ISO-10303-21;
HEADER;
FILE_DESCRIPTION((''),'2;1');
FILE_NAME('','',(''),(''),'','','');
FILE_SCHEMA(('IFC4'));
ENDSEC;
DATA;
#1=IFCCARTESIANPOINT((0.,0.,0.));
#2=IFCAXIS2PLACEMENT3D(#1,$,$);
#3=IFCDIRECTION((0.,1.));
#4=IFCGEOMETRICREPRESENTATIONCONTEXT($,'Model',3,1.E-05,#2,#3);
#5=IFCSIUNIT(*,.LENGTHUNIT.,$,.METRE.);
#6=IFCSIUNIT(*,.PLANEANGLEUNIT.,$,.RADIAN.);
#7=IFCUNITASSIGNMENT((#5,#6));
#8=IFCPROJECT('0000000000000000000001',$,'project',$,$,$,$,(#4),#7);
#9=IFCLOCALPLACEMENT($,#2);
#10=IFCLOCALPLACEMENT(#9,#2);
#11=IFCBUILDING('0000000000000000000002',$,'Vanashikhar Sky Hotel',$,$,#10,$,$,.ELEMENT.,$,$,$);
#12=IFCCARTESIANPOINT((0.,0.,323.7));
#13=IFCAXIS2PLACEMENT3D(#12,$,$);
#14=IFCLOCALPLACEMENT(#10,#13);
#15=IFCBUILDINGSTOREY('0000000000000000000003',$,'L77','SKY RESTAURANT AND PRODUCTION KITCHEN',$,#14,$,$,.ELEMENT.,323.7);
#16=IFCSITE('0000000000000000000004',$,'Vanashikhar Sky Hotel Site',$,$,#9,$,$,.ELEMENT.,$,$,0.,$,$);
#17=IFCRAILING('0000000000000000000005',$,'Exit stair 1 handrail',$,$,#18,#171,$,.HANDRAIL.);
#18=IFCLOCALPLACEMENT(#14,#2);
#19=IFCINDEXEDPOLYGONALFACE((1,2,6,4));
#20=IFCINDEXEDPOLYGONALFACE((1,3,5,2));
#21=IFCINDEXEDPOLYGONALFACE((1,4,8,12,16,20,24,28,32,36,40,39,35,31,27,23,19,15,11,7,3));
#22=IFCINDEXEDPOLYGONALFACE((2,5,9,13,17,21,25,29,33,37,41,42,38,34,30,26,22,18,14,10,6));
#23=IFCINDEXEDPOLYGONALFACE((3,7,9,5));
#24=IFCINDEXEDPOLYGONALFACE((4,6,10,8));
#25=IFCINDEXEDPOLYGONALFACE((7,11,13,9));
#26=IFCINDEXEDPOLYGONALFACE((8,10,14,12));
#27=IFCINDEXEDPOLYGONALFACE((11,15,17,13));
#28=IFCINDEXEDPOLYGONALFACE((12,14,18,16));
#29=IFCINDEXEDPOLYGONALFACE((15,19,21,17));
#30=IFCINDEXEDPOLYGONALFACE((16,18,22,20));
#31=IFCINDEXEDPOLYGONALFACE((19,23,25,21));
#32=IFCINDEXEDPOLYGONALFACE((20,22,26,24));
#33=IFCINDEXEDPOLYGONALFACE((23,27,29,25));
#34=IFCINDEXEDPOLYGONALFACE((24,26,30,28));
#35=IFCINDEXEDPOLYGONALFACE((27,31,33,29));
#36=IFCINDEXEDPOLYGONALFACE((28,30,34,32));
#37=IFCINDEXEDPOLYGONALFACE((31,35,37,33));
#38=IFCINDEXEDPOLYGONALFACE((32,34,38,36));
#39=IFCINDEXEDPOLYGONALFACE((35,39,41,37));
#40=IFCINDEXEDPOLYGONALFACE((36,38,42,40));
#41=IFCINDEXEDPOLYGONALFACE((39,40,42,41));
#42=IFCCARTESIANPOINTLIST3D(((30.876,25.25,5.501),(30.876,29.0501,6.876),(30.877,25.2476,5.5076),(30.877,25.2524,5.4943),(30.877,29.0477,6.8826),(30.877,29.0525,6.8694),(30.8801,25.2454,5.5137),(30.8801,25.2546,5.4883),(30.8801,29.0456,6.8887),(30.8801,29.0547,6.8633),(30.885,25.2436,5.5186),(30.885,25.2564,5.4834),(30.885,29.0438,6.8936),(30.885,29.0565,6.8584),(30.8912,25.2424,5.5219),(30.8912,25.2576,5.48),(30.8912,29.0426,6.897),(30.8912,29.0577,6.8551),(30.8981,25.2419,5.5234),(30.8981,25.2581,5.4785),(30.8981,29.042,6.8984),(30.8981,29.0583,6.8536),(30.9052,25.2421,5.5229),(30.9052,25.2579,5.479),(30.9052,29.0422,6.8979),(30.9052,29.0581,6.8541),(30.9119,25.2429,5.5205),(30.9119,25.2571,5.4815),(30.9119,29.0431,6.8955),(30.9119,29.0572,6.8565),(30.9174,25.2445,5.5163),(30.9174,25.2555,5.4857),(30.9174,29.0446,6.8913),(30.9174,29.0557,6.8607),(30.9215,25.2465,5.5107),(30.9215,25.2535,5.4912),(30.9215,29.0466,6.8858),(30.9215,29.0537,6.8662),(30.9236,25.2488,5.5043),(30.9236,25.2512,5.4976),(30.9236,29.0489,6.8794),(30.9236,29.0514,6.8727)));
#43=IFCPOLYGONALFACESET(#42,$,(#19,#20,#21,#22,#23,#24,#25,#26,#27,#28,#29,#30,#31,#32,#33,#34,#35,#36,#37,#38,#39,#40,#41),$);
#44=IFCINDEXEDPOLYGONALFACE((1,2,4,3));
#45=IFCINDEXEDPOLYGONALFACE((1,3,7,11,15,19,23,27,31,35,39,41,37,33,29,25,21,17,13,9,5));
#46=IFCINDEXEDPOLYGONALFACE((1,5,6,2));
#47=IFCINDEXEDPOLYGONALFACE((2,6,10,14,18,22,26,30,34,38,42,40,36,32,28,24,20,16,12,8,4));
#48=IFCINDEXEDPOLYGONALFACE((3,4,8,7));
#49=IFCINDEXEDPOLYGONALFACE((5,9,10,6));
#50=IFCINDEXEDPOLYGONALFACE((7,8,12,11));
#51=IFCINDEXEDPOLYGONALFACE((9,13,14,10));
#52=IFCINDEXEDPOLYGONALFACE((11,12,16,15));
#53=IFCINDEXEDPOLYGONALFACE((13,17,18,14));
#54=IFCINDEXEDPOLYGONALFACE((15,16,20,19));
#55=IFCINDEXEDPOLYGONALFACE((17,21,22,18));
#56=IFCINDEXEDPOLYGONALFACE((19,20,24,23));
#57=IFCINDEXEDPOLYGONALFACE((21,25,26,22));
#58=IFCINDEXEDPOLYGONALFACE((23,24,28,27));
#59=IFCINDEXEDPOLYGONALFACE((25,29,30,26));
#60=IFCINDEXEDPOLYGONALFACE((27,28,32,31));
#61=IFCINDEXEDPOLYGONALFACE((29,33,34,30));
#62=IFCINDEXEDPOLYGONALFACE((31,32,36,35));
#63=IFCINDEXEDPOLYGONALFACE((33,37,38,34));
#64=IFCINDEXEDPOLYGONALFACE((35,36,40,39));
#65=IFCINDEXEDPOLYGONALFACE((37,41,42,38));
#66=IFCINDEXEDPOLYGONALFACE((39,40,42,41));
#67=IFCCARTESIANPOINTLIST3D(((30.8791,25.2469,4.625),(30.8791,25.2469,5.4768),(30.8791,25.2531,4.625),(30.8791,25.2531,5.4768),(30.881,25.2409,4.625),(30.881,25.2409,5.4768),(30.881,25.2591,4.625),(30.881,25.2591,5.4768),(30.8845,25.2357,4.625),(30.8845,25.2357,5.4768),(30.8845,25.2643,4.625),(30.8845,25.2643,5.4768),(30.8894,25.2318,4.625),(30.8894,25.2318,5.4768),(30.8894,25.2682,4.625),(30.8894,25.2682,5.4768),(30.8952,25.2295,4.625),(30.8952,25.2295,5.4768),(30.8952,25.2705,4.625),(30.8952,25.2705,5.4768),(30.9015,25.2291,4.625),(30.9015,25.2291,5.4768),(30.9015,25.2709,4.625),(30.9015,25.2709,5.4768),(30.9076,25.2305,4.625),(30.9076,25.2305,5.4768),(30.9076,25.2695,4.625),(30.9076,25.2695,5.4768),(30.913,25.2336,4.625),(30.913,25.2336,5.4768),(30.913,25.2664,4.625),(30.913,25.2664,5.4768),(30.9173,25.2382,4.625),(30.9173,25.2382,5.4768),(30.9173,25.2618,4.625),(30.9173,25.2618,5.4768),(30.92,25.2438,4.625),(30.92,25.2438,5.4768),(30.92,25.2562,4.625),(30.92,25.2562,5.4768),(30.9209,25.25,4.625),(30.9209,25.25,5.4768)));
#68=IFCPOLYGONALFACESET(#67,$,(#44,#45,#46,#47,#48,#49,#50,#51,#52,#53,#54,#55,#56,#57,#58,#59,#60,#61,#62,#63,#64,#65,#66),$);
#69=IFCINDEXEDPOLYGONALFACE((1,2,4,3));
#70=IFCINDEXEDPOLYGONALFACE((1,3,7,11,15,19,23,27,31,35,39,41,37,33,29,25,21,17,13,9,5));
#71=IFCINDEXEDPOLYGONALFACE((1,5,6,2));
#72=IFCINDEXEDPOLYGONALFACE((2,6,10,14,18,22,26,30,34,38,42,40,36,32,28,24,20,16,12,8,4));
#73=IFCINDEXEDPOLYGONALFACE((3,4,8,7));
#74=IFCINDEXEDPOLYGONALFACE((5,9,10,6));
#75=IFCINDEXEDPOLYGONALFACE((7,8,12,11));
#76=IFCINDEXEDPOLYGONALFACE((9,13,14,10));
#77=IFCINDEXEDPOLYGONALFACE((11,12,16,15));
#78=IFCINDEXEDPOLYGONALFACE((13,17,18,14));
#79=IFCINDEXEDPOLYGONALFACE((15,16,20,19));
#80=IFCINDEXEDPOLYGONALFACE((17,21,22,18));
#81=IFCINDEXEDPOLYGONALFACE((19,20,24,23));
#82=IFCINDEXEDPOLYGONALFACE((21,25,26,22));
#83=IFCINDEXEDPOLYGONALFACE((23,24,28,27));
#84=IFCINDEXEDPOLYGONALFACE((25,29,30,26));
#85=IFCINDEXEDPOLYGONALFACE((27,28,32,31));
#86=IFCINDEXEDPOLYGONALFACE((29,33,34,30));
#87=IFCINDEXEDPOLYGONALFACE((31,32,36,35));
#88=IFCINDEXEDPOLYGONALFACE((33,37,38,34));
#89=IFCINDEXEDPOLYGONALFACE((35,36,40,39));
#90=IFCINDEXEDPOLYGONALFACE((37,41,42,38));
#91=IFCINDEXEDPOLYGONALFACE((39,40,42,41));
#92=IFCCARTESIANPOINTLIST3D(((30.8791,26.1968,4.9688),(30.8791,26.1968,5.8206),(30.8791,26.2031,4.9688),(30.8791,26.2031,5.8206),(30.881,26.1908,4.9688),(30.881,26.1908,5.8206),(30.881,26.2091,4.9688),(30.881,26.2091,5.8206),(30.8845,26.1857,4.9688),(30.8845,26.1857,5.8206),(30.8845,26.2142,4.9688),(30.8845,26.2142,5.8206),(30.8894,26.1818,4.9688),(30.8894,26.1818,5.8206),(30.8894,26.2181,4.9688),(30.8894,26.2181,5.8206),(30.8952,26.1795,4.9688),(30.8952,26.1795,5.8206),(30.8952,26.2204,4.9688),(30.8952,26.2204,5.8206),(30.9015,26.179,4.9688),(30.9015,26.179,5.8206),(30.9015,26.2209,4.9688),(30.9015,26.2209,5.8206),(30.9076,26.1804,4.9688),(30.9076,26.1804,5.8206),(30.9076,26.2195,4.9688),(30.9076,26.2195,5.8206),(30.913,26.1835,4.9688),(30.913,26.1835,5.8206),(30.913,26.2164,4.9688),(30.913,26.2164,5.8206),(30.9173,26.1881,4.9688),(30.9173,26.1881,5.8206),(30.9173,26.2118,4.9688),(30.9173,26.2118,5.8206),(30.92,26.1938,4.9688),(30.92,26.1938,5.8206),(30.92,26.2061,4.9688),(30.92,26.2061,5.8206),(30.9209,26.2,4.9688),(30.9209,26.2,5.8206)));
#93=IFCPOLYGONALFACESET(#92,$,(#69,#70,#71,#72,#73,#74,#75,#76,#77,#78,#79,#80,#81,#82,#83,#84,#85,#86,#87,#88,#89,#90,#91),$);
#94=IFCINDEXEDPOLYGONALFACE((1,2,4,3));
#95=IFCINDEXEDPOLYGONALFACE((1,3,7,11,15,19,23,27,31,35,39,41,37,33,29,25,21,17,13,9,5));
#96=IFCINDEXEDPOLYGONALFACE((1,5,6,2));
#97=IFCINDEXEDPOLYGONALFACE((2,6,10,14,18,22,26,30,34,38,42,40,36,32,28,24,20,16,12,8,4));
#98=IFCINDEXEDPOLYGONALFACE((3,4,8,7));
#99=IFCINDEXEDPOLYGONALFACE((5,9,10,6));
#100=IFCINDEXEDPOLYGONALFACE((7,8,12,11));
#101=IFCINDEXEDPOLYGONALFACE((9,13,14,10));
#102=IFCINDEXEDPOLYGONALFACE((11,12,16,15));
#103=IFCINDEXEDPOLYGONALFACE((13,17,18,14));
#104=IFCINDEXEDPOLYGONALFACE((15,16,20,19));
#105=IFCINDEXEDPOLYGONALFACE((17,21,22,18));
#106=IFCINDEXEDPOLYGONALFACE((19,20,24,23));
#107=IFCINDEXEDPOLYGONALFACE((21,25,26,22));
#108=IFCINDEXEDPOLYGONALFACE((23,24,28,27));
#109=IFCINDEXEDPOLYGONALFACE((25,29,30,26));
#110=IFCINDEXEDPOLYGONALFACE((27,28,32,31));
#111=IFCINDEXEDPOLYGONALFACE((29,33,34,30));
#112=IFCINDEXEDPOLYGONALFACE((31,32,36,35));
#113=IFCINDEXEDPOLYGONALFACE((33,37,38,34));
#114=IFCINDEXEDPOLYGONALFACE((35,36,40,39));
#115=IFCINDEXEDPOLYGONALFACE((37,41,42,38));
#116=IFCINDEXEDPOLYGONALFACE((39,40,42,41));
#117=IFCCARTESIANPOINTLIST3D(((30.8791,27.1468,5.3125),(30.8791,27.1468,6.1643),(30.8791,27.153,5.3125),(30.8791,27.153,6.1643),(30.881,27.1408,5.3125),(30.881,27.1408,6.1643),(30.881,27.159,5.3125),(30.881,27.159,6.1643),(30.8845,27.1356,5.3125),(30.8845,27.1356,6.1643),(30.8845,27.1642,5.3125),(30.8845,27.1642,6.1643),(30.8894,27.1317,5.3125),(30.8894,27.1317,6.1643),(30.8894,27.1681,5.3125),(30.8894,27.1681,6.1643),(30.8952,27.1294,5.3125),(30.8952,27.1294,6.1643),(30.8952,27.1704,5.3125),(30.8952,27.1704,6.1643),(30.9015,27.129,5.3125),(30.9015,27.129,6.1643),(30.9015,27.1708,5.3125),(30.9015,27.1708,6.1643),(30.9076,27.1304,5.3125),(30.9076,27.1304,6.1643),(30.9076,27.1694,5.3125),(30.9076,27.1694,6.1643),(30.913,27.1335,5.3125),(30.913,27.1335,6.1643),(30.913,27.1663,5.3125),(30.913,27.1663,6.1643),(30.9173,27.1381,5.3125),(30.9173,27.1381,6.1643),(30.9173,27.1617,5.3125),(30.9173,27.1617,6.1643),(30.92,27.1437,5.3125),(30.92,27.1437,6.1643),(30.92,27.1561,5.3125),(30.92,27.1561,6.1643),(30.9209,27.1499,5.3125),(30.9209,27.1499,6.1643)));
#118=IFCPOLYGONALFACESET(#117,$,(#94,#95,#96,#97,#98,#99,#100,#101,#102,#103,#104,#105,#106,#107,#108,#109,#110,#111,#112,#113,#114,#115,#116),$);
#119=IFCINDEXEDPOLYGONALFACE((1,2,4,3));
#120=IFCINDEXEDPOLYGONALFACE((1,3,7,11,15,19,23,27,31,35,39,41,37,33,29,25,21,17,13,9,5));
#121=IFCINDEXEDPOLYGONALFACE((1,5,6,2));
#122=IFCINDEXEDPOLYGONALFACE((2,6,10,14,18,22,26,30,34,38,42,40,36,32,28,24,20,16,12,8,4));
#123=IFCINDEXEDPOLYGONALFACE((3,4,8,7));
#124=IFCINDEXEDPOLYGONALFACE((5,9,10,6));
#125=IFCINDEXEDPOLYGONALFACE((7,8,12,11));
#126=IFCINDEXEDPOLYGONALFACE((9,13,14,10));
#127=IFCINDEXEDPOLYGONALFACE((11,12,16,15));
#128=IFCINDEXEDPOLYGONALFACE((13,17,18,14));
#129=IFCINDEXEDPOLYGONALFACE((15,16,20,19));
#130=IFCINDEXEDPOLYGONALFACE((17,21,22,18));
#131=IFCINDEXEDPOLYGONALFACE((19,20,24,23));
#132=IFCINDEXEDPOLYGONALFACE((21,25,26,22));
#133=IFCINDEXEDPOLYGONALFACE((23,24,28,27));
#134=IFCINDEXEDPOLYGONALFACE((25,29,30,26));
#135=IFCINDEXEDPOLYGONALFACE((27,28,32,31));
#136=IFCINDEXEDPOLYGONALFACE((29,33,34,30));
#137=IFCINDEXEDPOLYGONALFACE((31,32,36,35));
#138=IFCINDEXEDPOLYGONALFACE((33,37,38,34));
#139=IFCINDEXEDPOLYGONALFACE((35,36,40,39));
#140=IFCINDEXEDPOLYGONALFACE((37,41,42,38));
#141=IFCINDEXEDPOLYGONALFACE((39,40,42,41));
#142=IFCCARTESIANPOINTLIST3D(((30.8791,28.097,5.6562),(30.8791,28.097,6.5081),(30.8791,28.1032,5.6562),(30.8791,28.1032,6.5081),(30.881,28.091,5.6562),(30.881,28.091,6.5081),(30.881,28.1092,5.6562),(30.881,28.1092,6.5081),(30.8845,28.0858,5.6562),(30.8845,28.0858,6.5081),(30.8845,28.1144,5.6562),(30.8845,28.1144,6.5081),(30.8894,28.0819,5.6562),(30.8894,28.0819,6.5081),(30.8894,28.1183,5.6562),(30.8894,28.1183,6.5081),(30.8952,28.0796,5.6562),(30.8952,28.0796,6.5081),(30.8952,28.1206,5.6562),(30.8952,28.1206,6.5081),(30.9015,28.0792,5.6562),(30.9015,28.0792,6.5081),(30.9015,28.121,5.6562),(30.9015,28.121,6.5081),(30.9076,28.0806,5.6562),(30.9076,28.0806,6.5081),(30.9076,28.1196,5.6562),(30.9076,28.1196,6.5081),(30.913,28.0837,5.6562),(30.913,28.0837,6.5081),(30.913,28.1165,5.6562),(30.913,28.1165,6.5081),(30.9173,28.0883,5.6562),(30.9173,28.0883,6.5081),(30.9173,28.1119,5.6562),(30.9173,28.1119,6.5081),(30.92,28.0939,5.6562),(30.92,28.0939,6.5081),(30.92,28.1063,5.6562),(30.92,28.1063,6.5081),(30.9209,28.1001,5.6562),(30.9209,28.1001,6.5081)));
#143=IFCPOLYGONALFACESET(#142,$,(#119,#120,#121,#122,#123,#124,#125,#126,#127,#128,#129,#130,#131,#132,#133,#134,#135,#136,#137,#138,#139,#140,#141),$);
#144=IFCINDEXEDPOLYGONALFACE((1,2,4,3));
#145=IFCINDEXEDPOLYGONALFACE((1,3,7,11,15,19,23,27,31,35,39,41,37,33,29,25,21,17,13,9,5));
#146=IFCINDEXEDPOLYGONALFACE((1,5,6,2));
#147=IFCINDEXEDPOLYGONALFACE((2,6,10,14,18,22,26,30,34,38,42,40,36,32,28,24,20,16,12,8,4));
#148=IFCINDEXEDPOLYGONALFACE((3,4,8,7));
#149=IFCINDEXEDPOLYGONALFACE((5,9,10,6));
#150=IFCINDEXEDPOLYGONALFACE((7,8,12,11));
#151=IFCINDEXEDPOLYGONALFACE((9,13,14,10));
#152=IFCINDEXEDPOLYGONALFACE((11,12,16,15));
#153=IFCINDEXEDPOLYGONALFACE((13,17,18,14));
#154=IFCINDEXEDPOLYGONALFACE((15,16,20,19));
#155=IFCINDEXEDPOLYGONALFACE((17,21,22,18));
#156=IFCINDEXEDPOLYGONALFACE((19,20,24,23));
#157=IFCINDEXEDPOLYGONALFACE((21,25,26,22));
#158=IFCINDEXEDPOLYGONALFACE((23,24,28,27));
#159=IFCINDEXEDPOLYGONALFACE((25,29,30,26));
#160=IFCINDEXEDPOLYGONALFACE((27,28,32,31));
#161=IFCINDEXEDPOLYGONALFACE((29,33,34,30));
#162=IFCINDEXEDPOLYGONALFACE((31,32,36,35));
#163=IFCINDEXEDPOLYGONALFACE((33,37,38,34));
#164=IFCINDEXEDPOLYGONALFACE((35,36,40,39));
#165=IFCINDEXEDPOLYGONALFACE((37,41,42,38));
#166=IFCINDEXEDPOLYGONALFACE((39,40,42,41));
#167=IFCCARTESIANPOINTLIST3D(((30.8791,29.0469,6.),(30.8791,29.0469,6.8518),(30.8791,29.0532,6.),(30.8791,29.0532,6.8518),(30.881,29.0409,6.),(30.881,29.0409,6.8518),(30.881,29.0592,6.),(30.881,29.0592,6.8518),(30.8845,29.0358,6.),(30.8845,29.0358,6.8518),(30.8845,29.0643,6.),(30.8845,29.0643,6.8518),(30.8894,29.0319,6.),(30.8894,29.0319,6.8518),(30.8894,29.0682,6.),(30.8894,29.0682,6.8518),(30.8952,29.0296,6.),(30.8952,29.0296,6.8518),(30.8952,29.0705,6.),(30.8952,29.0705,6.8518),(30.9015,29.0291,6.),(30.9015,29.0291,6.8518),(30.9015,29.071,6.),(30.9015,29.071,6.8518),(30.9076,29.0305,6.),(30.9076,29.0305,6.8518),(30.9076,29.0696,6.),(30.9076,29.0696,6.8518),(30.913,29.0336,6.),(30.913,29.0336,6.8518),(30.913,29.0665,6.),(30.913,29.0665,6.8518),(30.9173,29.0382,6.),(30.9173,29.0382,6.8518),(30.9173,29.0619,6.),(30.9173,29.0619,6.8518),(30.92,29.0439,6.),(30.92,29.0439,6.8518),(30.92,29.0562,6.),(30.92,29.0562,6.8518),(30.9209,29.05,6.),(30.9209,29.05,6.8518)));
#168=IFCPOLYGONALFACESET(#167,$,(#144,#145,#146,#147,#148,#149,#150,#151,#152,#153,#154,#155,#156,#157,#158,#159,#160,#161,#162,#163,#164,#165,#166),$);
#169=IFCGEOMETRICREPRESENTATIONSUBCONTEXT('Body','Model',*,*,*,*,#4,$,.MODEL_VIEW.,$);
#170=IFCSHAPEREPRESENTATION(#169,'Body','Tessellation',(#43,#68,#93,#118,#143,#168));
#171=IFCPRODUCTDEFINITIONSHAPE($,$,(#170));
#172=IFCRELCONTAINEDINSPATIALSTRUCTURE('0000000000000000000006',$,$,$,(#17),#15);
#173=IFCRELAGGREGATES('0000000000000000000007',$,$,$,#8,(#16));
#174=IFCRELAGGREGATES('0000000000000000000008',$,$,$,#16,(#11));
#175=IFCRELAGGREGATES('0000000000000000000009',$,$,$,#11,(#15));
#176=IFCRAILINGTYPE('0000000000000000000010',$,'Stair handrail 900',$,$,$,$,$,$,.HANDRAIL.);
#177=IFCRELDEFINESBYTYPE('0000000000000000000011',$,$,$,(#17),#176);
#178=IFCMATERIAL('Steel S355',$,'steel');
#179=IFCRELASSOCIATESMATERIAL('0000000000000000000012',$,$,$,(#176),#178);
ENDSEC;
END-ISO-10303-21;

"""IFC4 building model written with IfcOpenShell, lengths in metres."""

from ifc_helpers import new_model, si_unit, direction, frame, origin, origin_2d, place, context, subcontext, project, spatial, circle, extrude, source, transform, mapped, material, type_object, element, save


model = new_model("IFC4")

# Units and contexts
model_context = context("Model", 3, precision=1e-05, world=origin(), true_north=direction((0.0, 1.0)))
body_context = subcontext(model_context, "Body", "Model", "MODEL_VIEW")
ifc_project = project(units=[si_unit("LENGTHUNIT", "METRE"), si_unit("PLANEANGLEUNIT", "RADIAN")], contexts=[model_context])

# Site, building, storey
site_placement = place(None, origin())
site = spatial("IfcSite", under=ifc_project, at=site_placement, Name="Vanashikhar Sky Hotel Site", CompositionType="ELEMENT", RefElevation=0.0)
building_placement = place(site_placement, origin())
building = spatial("IfcBuilding", under=site, at=building_placement, Name="Vanashikhar Sky Hotel", CompositionType="ELEMENT")
storey_placement = place(building_placement, frame((0.0, 0.0, 323.7)))
storey = spatial("IfcBuildingStorey", under=building, at=storey_placement, Name="L77", Description="SKY RESTAURANT AND PRODUCTION KITCHEN", CompositionType="ELEMENT", Elevation=323.7)

# Railing
ifc_material_1 = material(Name="Steel S355", Category="steel")
railing_type_1 = type_object("IfcRailingType", Name="Stair handrail 900", PredefinedType="HANDRAIL", material=ifc_material_1)
shared_shape_1 = source(origin(), body_context, "Body", "SweptSolid", [
    extrude(circle(Radius=0.0239, at=origin_2d()), frame((0.0, 0.0, 0.876), z_axis=(0.0, 0.940336, 0.340249), x_axis=(-1.0, 0.0, 0.0)), (0.0, 0.0, 1.0), 4.0413),
    extrude(circle(Radius=0.021, at=origin_2d()), origin(), (0.0, 0.0, 1.0), 0.8518),
    extrude(circle(Radius=0.021, at=origin_2d()), frame((0.0, 0.95, 0.3438)), (0.0, 0.0, 1.0), 0.8518),
    extrude(circle(Radius=0.021, at=origin_2d()), frame((0.0, 1.8999, 0.6875)), (0.0, 0.0, 1.0), 0.8518),
    extrude(circle(Radius=0.021, at=origin_2d()), frame((0.0, 2.8501, 1.0312)), (0.0, 0.0, 1.0), 0.8518),
    extrude(circle(Radius=0.021, at=origin_2d()), frame((0.0, 3.8, 1.375)), (0.0, 0.0, 1.0), 0.8518),
])
for number, where, name in (
    (1, (30.8999, 25.25, 4.625), "Exit stair 1 handrail"),
):
    element("IfcRailing", number, at=place(storey_placement, frame(where)), inside=storey, type_object=railing_type_1, Name=name, PredefinedType="HANDRAIL", context=body_context, shape_type="MappedRepresentation", body=[
        mapped(shared_shape_1, transform((0.0, 0.0, 0.0), scale=1.0)),
    ])

save(model, "model.ifc")
